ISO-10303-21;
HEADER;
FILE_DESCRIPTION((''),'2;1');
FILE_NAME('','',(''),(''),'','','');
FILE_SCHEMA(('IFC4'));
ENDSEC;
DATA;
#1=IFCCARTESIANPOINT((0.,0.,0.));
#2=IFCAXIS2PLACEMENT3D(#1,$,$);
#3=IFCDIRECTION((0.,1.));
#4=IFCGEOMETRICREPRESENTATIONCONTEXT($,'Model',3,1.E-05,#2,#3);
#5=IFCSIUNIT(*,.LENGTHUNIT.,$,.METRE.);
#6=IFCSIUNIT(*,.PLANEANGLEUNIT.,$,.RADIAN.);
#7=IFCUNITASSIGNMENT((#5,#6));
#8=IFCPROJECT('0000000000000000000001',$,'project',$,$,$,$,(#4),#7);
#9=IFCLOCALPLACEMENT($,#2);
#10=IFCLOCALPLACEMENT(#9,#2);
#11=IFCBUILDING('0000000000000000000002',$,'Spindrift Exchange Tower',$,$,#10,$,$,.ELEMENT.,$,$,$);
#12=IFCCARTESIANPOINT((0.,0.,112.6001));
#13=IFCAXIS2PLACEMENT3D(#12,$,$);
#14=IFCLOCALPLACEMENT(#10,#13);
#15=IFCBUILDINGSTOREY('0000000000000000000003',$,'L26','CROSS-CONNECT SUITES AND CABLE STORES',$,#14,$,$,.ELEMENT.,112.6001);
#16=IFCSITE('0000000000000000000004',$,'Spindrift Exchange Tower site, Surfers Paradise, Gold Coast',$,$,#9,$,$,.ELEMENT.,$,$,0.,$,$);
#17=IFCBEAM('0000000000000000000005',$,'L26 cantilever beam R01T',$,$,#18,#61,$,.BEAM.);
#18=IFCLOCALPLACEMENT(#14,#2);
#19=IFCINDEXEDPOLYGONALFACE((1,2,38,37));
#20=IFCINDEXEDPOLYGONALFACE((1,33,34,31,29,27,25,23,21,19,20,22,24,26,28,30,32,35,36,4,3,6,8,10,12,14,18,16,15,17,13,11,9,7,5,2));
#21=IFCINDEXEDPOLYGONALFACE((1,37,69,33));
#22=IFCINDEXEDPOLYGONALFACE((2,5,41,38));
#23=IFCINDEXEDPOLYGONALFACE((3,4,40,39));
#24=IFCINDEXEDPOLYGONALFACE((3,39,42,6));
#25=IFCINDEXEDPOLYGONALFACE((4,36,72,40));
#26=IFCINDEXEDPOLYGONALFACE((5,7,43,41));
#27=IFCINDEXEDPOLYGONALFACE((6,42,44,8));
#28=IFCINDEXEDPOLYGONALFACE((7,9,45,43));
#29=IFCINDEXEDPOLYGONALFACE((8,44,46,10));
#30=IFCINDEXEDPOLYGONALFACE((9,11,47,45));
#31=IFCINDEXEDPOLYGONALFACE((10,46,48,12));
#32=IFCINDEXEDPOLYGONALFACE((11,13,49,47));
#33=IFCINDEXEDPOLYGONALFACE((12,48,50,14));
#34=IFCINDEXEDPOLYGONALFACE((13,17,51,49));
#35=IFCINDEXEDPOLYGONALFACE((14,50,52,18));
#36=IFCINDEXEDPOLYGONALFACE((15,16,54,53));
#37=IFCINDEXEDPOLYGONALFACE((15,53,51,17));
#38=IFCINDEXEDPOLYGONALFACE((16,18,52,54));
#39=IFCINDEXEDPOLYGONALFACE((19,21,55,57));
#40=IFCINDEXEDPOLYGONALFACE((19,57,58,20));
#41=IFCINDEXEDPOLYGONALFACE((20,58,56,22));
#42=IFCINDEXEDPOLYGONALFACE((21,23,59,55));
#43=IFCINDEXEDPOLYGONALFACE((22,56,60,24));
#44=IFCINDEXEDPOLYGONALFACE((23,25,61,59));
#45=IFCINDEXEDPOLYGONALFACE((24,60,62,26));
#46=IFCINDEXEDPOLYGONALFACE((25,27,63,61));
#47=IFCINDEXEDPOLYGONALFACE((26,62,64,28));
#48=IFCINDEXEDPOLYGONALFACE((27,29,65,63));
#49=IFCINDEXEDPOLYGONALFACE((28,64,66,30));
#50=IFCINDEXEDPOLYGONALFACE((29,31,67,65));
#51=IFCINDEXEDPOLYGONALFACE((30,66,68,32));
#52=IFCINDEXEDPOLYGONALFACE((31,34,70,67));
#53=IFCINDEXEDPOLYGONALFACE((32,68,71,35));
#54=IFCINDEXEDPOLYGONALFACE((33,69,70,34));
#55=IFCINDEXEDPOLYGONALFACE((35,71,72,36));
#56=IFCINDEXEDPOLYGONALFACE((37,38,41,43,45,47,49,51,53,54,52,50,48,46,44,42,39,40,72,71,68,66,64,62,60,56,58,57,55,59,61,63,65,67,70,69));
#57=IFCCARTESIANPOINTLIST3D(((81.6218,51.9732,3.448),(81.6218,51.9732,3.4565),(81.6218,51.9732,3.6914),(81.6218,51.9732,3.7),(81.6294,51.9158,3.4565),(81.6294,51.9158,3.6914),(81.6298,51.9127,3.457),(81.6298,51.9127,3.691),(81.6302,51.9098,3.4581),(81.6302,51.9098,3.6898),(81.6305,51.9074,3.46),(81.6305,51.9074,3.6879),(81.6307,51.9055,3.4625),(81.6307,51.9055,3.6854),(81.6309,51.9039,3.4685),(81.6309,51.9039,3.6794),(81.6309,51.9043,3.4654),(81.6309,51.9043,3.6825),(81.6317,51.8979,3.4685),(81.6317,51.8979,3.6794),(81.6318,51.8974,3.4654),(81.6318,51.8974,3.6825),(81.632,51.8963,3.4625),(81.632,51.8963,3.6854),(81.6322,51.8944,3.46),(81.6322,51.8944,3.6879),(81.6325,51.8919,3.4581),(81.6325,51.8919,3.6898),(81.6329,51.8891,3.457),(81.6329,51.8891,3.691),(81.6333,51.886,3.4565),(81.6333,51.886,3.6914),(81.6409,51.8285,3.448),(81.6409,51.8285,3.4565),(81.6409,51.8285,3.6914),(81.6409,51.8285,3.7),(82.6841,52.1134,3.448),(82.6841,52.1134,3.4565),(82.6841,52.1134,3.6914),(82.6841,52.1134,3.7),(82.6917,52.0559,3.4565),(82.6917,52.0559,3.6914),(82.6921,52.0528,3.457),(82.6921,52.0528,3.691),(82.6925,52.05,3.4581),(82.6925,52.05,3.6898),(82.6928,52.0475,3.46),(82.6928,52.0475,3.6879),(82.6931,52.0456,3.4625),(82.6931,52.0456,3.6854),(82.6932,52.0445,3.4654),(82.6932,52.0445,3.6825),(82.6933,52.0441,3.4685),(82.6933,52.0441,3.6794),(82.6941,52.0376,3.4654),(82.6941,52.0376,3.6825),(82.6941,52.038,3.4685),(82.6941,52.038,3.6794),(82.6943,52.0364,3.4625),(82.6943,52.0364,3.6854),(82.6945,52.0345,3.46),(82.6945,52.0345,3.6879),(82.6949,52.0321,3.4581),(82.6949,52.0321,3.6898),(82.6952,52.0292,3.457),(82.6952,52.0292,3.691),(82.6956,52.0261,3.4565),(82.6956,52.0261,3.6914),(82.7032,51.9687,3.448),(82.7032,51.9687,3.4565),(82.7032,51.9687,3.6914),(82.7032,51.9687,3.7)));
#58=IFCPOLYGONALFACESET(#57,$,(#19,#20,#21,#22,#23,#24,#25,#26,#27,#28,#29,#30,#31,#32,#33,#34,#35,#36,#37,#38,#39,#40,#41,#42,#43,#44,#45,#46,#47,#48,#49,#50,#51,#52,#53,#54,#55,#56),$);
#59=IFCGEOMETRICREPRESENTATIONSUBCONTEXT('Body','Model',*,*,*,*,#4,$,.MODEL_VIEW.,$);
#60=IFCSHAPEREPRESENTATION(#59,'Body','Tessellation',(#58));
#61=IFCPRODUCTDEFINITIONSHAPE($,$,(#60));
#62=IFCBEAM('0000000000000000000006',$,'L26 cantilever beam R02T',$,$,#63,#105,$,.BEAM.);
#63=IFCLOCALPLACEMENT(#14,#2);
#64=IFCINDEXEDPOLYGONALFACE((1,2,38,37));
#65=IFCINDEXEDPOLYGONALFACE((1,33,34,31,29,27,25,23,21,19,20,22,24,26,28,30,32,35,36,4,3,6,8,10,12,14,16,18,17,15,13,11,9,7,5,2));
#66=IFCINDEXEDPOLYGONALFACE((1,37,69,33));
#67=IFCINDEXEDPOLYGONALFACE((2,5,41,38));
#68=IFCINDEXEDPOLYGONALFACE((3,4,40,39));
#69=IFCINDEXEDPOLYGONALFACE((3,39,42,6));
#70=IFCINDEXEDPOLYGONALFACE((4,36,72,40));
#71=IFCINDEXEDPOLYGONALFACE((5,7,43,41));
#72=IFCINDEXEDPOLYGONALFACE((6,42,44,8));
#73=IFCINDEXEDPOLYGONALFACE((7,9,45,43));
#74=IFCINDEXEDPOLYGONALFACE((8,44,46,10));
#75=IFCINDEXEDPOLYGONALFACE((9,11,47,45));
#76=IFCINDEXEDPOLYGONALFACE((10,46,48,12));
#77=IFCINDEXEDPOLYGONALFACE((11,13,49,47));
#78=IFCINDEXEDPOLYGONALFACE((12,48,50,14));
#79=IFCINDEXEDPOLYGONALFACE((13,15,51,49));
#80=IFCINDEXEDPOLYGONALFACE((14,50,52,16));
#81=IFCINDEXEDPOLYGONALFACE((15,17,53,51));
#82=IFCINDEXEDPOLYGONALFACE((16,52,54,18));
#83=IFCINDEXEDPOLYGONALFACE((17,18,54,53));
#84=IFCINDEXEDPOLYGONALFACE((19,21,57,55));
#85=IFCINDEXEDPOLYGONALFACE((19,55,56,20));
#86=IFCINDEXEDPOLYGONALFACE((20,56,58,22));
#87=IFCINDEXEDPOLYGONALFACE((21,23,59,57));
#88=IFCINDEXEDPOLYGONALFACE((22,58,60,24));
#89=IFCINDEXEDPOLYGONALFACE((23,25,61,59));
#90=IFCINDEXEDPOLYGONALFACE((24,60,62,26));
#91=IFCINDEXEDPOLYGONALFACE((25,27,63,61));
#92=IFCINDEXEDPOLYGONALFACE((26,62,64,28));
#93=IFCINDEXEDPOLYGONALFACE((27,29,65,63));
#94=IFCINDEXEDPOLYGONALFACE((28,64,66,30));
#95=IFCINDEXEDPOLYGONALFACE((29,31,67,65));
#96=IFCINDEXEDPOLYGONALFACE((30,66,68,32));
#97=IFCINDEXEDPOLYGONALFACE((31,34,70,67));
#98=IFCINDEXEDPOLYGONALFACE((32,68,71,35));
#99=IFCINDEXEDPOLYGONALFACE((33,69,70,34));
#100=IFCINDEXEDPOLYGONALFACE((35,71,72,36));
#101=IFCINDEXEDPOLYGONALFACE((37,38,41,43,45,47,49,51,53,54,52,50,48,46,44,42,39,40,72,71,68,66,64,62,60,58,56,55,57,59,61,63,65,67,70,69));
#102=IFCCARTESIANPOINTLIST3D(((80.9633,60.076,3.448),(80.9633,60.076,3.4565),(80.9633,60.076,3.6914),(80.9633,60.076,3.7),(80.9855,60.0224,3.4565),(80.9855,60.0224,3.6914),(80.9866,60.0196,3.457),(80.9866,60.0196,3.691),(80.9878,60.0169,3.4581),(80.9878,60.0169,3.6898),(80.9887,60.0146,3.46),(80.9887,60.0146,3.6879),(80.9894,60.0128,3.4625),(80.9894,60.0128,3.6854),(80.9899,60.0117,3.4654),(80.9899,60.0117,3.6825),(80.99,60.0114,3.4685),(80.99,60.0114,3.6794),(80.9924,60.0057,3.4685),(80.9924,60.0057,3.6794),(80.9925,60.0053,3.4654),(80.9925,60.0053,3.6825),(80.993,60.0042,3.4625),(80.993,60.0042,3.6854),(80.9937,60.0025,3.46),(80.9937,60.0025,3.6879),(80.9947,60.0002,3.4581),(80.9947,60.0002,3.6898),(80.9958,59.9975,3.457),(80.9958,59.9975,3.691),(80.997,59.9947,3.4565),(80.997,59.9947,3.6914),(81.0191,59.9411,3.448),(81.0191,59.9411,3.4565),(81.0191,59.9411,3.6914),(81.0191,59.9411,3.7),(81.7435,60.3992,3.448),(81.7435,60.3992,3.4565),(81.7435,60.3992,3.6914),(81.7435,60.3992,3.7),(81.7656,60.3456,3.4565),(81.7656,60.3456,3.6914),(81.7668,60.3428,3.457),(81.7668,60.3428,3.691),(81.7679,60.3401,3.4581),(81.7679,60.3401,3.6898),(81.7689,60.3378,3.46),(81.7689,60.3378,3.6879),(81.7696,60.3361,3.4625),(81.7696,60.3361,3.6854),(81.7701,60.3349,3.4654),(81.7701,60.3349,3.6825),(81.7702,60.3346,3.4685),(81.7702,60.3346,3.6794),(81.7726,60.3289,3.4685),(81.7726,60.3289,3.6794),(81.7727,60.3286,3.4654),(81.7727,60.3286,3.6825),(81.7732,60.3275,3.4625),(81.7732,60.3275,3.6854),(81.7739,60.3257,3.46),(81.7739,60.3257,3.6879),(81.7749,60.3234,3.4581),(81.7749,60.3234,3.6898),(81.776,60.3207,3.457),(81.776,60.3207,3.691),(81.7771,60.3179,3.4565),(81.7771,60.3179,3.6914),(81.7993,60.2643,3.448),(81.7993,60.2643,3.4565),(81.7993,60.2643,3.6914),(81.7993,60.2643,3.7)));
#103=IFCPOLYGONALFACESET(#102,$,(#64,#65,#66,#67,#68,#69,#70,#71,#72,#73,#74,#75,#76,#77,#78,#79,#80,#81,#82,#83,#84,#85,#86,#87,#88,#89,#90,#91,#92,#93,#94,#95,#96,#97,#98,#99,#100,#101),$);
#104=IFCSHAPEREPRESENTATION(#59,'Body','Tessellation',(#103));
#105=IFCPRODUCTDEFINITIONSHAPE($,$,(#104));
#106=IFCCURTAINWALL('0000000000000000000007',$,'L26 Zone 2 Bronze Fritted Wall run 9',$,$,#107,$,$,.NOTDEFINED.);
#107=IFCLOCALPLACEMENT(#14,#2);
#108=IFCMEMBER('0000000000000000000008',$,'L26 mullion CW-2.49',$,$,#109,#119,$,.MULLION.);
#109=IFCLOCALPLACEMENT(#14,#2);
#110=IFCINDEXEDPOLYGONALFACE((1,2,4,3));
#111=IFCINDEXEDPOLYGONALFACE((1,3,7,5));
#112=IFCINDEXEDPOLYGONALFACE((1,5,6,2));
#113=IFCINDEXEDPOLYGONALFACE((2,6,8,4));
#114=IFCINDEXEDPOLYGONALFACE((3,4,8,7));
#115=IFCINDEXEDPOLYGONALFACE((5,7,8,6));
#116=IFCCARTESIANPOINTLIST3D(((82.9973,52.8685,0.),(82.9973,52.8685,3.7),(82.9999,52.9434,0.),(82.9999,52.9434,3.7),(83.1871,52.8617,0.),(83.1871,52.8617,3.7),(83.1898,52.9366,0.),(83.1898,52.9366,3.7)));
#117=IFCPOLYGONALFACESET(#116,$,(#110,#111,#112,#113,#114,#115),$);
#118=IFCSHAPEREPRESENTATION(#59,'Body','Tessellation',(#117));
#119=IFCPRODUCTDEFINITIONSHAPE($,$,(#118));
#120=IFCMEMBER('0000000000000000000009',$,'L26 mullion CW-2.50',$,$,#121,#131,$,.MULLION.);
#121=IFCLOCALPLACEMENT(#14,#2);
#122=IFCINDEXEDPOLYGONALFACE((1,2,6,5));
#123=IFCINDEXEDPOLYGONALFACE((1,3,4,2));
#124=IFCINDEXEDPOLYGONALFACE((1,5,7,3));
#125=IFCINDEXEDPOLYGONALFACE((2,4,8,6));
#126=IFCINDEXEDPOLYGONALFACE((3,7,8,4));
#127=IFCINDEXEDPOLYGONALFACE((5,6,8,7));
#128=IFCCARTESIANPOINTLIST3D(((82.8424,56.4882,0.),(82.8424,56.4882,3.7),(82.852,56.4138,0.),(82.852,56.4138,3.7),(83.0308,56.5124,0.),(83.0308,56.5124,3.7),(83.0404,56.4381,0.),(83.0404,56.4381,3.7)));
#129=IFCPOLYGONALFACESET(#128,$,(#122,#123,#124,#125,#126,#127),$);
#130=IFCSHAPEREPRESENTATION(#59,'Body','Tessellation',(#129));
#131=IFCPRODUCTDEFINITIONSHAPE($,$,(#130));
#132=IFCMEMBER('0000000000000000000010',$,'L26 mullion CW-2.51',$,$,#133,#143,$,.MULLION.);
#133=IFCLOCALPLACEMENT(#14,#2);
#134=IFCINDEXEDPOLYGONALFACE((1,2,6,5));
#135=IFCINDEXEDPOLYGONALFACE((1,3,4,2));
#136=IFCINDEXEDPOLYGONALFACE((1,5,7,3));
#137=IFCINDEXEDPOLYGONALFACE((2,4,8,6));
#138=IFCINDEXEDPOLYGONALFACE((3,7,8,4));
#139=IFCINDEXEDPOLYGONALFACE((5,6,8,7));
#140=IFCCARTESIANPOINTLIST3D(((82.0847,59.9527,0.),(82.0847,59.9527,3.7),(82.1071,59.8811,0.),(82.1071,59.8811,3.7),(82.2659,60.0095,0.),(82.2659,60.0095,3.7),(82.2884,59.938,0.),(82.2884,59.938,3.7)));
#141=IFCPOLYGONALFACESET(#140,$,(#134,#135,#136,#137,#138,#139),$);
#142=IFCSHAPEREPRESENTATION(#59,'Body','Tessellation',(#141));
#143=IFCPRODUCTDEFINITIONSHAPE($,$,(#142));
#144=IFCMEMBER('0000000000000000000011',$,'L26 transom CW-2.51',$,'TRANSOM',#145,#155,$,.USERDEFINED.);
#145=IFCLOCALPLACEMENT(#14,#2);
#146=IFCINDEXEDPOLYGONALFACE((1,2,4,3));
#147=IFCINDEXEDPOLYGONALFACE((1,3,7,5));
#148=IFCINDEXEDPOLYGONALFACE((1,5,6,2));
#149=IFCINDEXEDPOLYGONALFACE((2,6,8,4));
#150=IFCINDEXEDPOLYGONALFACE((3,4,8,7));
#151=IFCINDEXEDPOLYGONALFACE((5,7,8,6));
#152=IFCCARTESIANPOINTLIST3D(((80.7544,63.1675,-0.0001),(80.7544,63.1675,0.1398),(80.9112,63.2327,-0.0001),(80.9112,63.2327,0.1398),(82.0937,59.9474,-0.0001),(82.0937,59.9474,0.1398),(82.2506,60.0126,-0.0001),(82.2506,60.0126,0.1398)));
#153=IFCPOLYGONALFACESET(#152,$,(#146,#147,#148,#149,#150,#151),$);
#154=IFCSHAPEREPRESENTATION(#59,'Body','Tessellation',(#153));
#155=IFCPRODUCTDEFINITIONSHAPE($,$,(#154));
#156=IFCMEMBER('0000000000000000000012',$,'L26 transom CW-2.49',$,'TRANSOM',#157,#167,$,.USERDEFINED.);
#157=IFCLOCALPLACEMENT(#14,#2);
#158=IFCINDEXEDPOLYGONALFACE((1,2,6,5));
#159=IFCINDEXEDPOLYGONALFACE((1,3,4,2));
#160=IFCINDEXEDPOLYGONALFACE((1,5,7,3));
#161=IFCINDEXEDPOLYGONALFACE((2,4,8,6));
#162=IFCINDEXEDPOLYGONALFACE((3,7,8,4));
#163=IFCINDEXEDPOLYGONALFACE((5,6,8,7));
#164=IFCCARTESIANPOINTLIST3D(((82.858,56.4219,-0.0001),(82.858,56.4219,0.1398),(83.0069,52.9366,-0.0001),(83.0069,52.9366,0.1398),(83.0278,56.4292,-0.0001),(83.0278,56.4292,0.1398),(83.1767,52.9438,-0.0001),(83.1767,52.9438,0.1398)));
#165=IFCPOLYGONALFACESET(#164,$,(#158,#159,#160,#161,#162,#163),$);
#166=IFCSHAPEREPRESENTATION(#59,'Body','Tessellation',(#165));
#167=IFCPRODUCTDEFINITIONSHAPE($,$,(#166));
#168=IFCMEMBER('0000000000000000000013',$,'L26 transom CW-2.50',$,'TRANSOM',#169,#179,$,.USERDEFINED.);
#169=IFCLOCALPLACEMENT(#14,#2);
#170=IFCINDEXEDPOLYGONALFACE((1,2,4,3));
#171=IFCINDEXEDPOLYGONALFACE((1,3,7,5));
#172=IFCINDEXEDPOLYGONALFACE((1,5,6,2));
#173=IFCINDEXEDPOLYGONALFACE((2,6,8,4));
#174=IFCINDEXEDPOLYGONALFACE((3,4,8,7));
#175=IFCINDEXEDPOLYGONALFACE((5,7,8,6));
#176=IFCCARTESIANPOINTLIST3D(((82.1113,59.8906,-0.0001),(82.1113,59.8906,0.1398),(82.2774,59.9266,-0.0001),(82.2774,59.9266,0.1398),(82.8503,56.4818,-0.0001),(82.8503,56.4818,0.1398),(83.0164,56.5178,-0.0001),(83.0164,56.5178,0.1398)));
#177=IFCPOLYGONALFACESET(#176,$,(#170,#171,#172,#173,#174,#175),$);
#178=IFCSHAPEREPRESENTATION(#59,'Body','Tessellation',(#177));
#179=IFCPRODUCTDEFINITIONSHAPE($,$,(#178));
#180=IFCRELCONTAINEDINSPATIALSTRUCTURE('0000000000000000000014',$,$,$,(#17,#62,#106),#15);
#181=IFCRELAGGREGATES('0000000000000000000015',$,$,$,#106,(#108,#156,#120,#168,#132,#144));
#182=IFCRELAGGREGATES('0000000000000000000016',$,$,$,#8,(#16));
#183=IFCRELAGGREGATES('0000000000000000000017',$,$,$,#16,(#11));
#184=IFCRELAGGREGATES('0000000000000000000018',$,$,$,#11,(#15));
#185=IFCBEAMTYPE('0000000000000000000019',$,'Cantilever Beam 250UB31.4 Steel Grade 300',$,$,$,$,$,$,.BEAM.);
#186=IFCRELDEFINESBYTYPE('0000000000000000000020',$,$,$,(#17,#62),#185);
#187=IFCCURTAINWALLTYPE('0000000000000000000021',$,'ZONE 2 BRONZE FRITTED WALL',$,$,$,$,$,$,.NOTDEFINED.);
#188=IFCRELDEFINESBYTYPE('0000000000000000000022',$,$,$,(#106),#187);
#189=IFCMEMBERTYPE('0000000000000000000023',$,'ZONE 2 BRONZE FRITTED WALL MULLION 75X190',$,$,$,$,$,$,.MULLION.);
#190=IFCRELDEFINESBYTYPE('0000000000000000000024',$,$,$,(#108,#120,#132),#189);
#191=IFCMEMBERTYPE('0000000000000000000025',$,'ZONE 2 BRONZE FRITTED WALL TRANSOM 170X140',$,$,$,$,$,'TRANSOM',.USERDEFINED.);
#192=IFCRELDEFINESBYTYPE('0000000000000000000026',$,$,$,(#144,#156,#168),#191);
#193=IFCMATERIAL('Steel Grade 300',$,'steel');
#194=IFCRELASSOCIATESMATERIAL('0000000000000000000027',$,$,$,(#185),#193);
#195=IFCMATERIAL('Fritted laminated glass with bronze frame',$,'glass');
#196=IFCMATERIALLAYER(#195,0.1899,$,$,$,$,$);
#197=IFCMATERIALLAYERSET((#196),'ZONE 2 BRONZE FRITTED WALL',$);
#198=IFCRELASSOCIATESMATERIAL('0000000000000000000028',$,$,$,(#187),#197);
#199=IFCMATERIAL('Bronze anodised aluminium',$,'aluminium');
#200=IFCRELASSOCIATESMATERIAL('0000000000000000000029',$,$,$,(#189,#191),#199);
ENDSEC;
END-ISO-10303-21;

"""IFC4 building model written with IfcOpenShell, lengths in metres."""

from ifc_helpers import new_model, si_unit, direction, frame, origin, origin_2d, place, context, subcontext, project, spatial, rectangle, i_section, extrude, source, transform, mapped, material, layer, layer_set, material_profile, profile_set, type_object, element, aggregate, save


model = new_model("IFC4")

# Units and contexts
model_context = context("Model", 3, precision=1e-05, world=origin(), true_north=direction((0.0, 1.0)))
body_context = subcontext(model_context, "Body", "Model", "MODEL_VIEW")
ifc_project = project(units=[si_unit("LENGTHUNIT", "METRE"), si_unit("PLANEANGLEUNIT", "RADIAN")], contexts=[model_context])

# Site, building, storey
site_placement = place(None, origin())
site = spatial("IfcSite", under=ifc_project, at=site_placement, Name="Spindrift Exchange Tower site, Surfers Paradise, Gold Coast", CompositionType="ELEMENT", RefElevation=0.0)
building_placement = place(site_placement, origin())
building = spatial("IfcBuilding", under=site, at=building_placement, Name="Spindrift Exchange Tower", CompositionType="ELEMENT")
storey_placement = place(building_placement, frame((0.0, 0.0, 112.6001)))
storey = spatial("IfcBuildingStorey", under=building, at=storey_placement, Name="L26", Description="CROSS-CONNECT SUITES AND CABLE STORES", CompositionType="ELEMENT", Elevation=112.6001)

# Beams
ifc_material_1 = material(Name="Steel Grade 300", Category="steel")
ifc_material_profile_1 = material_profile(ifc_material_1, i_section(OverallWidth=0.146, OverallDepth=0.252, WebThickness=0.0061, FlangeThickness=0.0085, FilletRadius=0.012, at=origin_2d()), Name="250UB31.4")
ifc_profile_set_1 = profile_set([ifc_material_profile_1], Name="Steel Grade 300")
beam_type_1 = type_object("IfcBeamType", Name="Cantilever Beam 250UB31.4 Steel Grade 300", PredefinedType="BEAM", material=ifc_profile_set_1)
shared_shape_1 = source(origin(), body_context, "Body", "SweptSolid", [
    extrude(i_section(OverallWidth=0.146, OverallDepth=0.252, WebThickness=0.0061, FlangeThickness=0.0085, FilletRadius=0.012, at=origin_2d()), origin(), (0.0, 0.0, 1.0), 1.0715),
])
beam_1_placement = place(storey_placement, frame((81.6313, 51.9009, 3.574), z_axis=(0.99141, 0.13079, 0.0), x_axis=(-0.13079, 0.99141, 0.0)))
element("IfcBeam", 1, at=beam_1_placement, inside=storey, type_object=beam_type_1, Name="L26 cantilever beam R01T", PredefinedType="BEAM", context=body_context, shape_type="MappedRepresentation", body=[
    mapped(shared_shape_1, transform((0.0, 0.0, 0.0), scale=1.0)),
])
shared_shape_2 = source(origin(), body_context, "Body", "SweptSolid", [
    extrude(i_section(OverallWidth=0.146, OverallDepth=0.252, WebThickness=0.0061, FlangeThickness=0.0085, FilletRadius=0.012, at=origin_2d()), origin(), (0.0, 0.0, 1.0), 0.8445),
])
beam_2_placement = place(storey_placement, frame((80.9912, 60.0085, 3.574), z_axis=(0.923862, 0.382726, 0.0), x_axis=(-0.382726, 0.923862, 0.0)))
element("IfcBeam", 2, at=beam_2_placement, inside=storey, type_object=beam_type_1, Name="L26 cantilever beam R02T", PredefinedType="BEAM", context=body_context, shape_type="MappedRepresentation", body=[
    mapped(shared_shape_2, transform((0.0, 0.0, 0.0), scale=1.0)),
])

# Curtain wall, members
ifc_material_2 = material(Name="Fritted laminated glass with bronze frame", Category="glass")
ifc_layer_1 = layer(ifc_material_2, 0.1899)
ifc_layer_set_1 = layer_set([ifc_layer_1], Name="ZONE 2 BRONZE FRITTED WALL")
curtain_wall_type = type_object("IfcCurtainWallType", Name="ZONE 2 BRONZE FRITTED WALL", PredefinedType="NOTDEFINED", material=ifc_layer_set_1)
curtain_wall_1_placement = place(storey_placement, origin())
curtain_wall_1 = element("IfcCurtainWall", 3, at=curtain_wall_1_placement, inside=storey, type_object=curtain_wall_type, Name="L26 Zone 2 Bronze Fritted Wall run 9", PredefinedType="NOTDEFINED")
ifc_material_3 = material(Name="Bronze anodised aluminium", Category="aluminium")
ifc_material_profile_2 = material_profile(ifc_material_3, rectangle(XDim=0.075, YDim=0.1899, at=origin_2d()), Name="ZONE 2 BRONZE FRITTED WALL MULLION 75X190")
ifc_profile_set_2 = profile_set([ifc_material_profile_2], Name="Bronze anodised aluminium")
member_type_1 = type_object("IfcMemberType", Name="ZONE 2 BRONZE FRITTED WALL MULLION 75X190", PredefinedType="MULLION", material=ifc_profile_set_2)
shared_shape_3 = source(origin(), body_context, "Body", "SweptSolid", [
    extrude(rectangle(XDim=0.075, YDim=0.1899, at=origin_2d()), origin(), (0.0, 0.0, 1.0), 3.7),
])
member_1_placement = place(storey_placement, frame((83.0935, 52.9026, 0.0), z_axis=(0.0, 0.0, 1.0), x_axis=(0.035892, 0.999356, 0.0)))
member_1 = element("IfcMember", 4, at=member_1_placement, type_object=member_type_1, Name="L26 mullion CW-2.49", PredefinedType="MULLION", context=body_context, shape_type="MappedRepresentation", body=[
    mapped(shared_shape_3, transform((0.0, 0.0, 0.0), scale=1.0)),
])
member_2_placement = place(storey_placement, frame((82.9414, 56.4631, 0.0), z_axis=(0.0, 0.0, 1.0), x_axis=(-0.127739, 0.991808, 0.0)))
member_2 = element("IfcMember", 5, at=member_2_placement, type_object=member_type_1, Name="L26 mullion CW-2.50", PredefinedType="MULLION", context=body_context, shape_type="MappedRepresentation", body=[
    mapped(shared_shape_3, transform((0.0, 0.0, 0.0), scale=1.0)),
])
member_3_placement = place(storey_placement, frame((82.1865, 59.9453, 0.0), z_axis=(0.0, 0.0, 1.0), x_axis=(-0.299153, 0.954205, 0.0)))
member_3 = element("IfcMember", 6, at=member_3_placement, type_object=member_type_1, Name="L26 mullion CW-2.51", PredefinedType="MULLION", context=body_context, shape_type="MappedRepresentation", body=[
    mapped(shared_shape_3, transform((0.0, 0.0, 0.0), scale=1.0)),
])
ifc_material_profile_3 = material_profile(ifc_material_3, rectangle(XDim=0.1699, YDim=0.1399, at=origin_2d()), Name="ZONE 2 BRONZE FRITTED WALL TRANSOM 170X140")
ifc_profile_set_3 = profile_set([ifc_material_profile_3], Name="Bronze anodised aluminium")
member_type_2 = type_object("IfcMemberType", Name="ZONE 2 BRONZE FRITTED WALL TRANSOM 170X140", ElementType="TRANSOM", PredefinedType="USERDEFINED", material=ifc_profile_set_3)
shared_shape_4 = source(origin(), body_context, "Body", "SweptSolid", [
    extrude(rectangle(XDim=0.1699, YDim=0.1399, at=origin_2d()), origin(), (0.0, 0.0, 1.0), 3.4875),
])
member_4_placement = place(storey_placement, frame((82.1721, 59.98, 0.0698), z_axis=(-0.384029, 0.923321, 0.0), x_axis=(-0.923321, -0.384029, 0.0)))
member_4 = element("IfcMember", 7, at=member_4_placement, type_object=member_type_2, Name="L26 transom CW-2.51", ObjectType="TRANSOM", PredefinedType="USERDEFINED", context=body_context, shape_type="MappedRepresentation", body=[
    mapped(shared_shape_4, transform((0.0, 0.0, 0.0), scale=1.0)),
])
shared_shape_5 = source(origin(), body_context, "Body", "SweptSolid", [
    extrude(rectangle(XDim=0.1699, YDim=0.1399, at=origin_2d()), origin(), (0.0, 0.0, 1.0), 3.4885),
])
member_5_placement = place(storey_placement, frame((83.0918, 52.9402, 0.0698), z_axis=(-0.04269, 0.999088, 0.0), x_axis=(-0.999088, -0.04269, 0.0)))
member_5 = element("IfcMember", 8, at=member_5_placement, type_object=member_type_2, Name="L26 transom CW-2.49", ObjectType="TRANSOM", PredefinedType="USERDEFINED", context=body_context, shape_type="MappedRepresentation", body=[
    mapped(shared_shape_5, transform((0.0, 0.0, 0.0), scale=1.0)),
])
shared_shape_6 = source(origin(), body_context, "Body", "SweptSolid", [
    extrude(rectangle(XDim=0.1699, YDim=0.1399, at=origin_2d()), origin(), (0.0, 0.0, 1.0), 3.488),
])
member_6_placement = place(storey_placement, frame((82.9333, 56.4998, 0.0698), z_axis=(-0.211866, 0.977299, 0.0), x_axis=(-0.977299, -0.211866, 0.0)))
member_6 = element("IfcMember", 9, at=member_6_placement, type_object=member_type_2, Name="L26 transom CW-2.50", ObjectType="TRANSOM", PredefinedType="USERDEFINED", context=body_context, shape_type="MappedRepresentation", body=[
    mapped(shared_shape_6, transform((0.0, 0.0, 0.0), scale=1.0)),
])
aggregate(curtain_wall_1, [member_1, member_5, member_2, member_6, member_3, member_4])

save(model, "model.ifc")
